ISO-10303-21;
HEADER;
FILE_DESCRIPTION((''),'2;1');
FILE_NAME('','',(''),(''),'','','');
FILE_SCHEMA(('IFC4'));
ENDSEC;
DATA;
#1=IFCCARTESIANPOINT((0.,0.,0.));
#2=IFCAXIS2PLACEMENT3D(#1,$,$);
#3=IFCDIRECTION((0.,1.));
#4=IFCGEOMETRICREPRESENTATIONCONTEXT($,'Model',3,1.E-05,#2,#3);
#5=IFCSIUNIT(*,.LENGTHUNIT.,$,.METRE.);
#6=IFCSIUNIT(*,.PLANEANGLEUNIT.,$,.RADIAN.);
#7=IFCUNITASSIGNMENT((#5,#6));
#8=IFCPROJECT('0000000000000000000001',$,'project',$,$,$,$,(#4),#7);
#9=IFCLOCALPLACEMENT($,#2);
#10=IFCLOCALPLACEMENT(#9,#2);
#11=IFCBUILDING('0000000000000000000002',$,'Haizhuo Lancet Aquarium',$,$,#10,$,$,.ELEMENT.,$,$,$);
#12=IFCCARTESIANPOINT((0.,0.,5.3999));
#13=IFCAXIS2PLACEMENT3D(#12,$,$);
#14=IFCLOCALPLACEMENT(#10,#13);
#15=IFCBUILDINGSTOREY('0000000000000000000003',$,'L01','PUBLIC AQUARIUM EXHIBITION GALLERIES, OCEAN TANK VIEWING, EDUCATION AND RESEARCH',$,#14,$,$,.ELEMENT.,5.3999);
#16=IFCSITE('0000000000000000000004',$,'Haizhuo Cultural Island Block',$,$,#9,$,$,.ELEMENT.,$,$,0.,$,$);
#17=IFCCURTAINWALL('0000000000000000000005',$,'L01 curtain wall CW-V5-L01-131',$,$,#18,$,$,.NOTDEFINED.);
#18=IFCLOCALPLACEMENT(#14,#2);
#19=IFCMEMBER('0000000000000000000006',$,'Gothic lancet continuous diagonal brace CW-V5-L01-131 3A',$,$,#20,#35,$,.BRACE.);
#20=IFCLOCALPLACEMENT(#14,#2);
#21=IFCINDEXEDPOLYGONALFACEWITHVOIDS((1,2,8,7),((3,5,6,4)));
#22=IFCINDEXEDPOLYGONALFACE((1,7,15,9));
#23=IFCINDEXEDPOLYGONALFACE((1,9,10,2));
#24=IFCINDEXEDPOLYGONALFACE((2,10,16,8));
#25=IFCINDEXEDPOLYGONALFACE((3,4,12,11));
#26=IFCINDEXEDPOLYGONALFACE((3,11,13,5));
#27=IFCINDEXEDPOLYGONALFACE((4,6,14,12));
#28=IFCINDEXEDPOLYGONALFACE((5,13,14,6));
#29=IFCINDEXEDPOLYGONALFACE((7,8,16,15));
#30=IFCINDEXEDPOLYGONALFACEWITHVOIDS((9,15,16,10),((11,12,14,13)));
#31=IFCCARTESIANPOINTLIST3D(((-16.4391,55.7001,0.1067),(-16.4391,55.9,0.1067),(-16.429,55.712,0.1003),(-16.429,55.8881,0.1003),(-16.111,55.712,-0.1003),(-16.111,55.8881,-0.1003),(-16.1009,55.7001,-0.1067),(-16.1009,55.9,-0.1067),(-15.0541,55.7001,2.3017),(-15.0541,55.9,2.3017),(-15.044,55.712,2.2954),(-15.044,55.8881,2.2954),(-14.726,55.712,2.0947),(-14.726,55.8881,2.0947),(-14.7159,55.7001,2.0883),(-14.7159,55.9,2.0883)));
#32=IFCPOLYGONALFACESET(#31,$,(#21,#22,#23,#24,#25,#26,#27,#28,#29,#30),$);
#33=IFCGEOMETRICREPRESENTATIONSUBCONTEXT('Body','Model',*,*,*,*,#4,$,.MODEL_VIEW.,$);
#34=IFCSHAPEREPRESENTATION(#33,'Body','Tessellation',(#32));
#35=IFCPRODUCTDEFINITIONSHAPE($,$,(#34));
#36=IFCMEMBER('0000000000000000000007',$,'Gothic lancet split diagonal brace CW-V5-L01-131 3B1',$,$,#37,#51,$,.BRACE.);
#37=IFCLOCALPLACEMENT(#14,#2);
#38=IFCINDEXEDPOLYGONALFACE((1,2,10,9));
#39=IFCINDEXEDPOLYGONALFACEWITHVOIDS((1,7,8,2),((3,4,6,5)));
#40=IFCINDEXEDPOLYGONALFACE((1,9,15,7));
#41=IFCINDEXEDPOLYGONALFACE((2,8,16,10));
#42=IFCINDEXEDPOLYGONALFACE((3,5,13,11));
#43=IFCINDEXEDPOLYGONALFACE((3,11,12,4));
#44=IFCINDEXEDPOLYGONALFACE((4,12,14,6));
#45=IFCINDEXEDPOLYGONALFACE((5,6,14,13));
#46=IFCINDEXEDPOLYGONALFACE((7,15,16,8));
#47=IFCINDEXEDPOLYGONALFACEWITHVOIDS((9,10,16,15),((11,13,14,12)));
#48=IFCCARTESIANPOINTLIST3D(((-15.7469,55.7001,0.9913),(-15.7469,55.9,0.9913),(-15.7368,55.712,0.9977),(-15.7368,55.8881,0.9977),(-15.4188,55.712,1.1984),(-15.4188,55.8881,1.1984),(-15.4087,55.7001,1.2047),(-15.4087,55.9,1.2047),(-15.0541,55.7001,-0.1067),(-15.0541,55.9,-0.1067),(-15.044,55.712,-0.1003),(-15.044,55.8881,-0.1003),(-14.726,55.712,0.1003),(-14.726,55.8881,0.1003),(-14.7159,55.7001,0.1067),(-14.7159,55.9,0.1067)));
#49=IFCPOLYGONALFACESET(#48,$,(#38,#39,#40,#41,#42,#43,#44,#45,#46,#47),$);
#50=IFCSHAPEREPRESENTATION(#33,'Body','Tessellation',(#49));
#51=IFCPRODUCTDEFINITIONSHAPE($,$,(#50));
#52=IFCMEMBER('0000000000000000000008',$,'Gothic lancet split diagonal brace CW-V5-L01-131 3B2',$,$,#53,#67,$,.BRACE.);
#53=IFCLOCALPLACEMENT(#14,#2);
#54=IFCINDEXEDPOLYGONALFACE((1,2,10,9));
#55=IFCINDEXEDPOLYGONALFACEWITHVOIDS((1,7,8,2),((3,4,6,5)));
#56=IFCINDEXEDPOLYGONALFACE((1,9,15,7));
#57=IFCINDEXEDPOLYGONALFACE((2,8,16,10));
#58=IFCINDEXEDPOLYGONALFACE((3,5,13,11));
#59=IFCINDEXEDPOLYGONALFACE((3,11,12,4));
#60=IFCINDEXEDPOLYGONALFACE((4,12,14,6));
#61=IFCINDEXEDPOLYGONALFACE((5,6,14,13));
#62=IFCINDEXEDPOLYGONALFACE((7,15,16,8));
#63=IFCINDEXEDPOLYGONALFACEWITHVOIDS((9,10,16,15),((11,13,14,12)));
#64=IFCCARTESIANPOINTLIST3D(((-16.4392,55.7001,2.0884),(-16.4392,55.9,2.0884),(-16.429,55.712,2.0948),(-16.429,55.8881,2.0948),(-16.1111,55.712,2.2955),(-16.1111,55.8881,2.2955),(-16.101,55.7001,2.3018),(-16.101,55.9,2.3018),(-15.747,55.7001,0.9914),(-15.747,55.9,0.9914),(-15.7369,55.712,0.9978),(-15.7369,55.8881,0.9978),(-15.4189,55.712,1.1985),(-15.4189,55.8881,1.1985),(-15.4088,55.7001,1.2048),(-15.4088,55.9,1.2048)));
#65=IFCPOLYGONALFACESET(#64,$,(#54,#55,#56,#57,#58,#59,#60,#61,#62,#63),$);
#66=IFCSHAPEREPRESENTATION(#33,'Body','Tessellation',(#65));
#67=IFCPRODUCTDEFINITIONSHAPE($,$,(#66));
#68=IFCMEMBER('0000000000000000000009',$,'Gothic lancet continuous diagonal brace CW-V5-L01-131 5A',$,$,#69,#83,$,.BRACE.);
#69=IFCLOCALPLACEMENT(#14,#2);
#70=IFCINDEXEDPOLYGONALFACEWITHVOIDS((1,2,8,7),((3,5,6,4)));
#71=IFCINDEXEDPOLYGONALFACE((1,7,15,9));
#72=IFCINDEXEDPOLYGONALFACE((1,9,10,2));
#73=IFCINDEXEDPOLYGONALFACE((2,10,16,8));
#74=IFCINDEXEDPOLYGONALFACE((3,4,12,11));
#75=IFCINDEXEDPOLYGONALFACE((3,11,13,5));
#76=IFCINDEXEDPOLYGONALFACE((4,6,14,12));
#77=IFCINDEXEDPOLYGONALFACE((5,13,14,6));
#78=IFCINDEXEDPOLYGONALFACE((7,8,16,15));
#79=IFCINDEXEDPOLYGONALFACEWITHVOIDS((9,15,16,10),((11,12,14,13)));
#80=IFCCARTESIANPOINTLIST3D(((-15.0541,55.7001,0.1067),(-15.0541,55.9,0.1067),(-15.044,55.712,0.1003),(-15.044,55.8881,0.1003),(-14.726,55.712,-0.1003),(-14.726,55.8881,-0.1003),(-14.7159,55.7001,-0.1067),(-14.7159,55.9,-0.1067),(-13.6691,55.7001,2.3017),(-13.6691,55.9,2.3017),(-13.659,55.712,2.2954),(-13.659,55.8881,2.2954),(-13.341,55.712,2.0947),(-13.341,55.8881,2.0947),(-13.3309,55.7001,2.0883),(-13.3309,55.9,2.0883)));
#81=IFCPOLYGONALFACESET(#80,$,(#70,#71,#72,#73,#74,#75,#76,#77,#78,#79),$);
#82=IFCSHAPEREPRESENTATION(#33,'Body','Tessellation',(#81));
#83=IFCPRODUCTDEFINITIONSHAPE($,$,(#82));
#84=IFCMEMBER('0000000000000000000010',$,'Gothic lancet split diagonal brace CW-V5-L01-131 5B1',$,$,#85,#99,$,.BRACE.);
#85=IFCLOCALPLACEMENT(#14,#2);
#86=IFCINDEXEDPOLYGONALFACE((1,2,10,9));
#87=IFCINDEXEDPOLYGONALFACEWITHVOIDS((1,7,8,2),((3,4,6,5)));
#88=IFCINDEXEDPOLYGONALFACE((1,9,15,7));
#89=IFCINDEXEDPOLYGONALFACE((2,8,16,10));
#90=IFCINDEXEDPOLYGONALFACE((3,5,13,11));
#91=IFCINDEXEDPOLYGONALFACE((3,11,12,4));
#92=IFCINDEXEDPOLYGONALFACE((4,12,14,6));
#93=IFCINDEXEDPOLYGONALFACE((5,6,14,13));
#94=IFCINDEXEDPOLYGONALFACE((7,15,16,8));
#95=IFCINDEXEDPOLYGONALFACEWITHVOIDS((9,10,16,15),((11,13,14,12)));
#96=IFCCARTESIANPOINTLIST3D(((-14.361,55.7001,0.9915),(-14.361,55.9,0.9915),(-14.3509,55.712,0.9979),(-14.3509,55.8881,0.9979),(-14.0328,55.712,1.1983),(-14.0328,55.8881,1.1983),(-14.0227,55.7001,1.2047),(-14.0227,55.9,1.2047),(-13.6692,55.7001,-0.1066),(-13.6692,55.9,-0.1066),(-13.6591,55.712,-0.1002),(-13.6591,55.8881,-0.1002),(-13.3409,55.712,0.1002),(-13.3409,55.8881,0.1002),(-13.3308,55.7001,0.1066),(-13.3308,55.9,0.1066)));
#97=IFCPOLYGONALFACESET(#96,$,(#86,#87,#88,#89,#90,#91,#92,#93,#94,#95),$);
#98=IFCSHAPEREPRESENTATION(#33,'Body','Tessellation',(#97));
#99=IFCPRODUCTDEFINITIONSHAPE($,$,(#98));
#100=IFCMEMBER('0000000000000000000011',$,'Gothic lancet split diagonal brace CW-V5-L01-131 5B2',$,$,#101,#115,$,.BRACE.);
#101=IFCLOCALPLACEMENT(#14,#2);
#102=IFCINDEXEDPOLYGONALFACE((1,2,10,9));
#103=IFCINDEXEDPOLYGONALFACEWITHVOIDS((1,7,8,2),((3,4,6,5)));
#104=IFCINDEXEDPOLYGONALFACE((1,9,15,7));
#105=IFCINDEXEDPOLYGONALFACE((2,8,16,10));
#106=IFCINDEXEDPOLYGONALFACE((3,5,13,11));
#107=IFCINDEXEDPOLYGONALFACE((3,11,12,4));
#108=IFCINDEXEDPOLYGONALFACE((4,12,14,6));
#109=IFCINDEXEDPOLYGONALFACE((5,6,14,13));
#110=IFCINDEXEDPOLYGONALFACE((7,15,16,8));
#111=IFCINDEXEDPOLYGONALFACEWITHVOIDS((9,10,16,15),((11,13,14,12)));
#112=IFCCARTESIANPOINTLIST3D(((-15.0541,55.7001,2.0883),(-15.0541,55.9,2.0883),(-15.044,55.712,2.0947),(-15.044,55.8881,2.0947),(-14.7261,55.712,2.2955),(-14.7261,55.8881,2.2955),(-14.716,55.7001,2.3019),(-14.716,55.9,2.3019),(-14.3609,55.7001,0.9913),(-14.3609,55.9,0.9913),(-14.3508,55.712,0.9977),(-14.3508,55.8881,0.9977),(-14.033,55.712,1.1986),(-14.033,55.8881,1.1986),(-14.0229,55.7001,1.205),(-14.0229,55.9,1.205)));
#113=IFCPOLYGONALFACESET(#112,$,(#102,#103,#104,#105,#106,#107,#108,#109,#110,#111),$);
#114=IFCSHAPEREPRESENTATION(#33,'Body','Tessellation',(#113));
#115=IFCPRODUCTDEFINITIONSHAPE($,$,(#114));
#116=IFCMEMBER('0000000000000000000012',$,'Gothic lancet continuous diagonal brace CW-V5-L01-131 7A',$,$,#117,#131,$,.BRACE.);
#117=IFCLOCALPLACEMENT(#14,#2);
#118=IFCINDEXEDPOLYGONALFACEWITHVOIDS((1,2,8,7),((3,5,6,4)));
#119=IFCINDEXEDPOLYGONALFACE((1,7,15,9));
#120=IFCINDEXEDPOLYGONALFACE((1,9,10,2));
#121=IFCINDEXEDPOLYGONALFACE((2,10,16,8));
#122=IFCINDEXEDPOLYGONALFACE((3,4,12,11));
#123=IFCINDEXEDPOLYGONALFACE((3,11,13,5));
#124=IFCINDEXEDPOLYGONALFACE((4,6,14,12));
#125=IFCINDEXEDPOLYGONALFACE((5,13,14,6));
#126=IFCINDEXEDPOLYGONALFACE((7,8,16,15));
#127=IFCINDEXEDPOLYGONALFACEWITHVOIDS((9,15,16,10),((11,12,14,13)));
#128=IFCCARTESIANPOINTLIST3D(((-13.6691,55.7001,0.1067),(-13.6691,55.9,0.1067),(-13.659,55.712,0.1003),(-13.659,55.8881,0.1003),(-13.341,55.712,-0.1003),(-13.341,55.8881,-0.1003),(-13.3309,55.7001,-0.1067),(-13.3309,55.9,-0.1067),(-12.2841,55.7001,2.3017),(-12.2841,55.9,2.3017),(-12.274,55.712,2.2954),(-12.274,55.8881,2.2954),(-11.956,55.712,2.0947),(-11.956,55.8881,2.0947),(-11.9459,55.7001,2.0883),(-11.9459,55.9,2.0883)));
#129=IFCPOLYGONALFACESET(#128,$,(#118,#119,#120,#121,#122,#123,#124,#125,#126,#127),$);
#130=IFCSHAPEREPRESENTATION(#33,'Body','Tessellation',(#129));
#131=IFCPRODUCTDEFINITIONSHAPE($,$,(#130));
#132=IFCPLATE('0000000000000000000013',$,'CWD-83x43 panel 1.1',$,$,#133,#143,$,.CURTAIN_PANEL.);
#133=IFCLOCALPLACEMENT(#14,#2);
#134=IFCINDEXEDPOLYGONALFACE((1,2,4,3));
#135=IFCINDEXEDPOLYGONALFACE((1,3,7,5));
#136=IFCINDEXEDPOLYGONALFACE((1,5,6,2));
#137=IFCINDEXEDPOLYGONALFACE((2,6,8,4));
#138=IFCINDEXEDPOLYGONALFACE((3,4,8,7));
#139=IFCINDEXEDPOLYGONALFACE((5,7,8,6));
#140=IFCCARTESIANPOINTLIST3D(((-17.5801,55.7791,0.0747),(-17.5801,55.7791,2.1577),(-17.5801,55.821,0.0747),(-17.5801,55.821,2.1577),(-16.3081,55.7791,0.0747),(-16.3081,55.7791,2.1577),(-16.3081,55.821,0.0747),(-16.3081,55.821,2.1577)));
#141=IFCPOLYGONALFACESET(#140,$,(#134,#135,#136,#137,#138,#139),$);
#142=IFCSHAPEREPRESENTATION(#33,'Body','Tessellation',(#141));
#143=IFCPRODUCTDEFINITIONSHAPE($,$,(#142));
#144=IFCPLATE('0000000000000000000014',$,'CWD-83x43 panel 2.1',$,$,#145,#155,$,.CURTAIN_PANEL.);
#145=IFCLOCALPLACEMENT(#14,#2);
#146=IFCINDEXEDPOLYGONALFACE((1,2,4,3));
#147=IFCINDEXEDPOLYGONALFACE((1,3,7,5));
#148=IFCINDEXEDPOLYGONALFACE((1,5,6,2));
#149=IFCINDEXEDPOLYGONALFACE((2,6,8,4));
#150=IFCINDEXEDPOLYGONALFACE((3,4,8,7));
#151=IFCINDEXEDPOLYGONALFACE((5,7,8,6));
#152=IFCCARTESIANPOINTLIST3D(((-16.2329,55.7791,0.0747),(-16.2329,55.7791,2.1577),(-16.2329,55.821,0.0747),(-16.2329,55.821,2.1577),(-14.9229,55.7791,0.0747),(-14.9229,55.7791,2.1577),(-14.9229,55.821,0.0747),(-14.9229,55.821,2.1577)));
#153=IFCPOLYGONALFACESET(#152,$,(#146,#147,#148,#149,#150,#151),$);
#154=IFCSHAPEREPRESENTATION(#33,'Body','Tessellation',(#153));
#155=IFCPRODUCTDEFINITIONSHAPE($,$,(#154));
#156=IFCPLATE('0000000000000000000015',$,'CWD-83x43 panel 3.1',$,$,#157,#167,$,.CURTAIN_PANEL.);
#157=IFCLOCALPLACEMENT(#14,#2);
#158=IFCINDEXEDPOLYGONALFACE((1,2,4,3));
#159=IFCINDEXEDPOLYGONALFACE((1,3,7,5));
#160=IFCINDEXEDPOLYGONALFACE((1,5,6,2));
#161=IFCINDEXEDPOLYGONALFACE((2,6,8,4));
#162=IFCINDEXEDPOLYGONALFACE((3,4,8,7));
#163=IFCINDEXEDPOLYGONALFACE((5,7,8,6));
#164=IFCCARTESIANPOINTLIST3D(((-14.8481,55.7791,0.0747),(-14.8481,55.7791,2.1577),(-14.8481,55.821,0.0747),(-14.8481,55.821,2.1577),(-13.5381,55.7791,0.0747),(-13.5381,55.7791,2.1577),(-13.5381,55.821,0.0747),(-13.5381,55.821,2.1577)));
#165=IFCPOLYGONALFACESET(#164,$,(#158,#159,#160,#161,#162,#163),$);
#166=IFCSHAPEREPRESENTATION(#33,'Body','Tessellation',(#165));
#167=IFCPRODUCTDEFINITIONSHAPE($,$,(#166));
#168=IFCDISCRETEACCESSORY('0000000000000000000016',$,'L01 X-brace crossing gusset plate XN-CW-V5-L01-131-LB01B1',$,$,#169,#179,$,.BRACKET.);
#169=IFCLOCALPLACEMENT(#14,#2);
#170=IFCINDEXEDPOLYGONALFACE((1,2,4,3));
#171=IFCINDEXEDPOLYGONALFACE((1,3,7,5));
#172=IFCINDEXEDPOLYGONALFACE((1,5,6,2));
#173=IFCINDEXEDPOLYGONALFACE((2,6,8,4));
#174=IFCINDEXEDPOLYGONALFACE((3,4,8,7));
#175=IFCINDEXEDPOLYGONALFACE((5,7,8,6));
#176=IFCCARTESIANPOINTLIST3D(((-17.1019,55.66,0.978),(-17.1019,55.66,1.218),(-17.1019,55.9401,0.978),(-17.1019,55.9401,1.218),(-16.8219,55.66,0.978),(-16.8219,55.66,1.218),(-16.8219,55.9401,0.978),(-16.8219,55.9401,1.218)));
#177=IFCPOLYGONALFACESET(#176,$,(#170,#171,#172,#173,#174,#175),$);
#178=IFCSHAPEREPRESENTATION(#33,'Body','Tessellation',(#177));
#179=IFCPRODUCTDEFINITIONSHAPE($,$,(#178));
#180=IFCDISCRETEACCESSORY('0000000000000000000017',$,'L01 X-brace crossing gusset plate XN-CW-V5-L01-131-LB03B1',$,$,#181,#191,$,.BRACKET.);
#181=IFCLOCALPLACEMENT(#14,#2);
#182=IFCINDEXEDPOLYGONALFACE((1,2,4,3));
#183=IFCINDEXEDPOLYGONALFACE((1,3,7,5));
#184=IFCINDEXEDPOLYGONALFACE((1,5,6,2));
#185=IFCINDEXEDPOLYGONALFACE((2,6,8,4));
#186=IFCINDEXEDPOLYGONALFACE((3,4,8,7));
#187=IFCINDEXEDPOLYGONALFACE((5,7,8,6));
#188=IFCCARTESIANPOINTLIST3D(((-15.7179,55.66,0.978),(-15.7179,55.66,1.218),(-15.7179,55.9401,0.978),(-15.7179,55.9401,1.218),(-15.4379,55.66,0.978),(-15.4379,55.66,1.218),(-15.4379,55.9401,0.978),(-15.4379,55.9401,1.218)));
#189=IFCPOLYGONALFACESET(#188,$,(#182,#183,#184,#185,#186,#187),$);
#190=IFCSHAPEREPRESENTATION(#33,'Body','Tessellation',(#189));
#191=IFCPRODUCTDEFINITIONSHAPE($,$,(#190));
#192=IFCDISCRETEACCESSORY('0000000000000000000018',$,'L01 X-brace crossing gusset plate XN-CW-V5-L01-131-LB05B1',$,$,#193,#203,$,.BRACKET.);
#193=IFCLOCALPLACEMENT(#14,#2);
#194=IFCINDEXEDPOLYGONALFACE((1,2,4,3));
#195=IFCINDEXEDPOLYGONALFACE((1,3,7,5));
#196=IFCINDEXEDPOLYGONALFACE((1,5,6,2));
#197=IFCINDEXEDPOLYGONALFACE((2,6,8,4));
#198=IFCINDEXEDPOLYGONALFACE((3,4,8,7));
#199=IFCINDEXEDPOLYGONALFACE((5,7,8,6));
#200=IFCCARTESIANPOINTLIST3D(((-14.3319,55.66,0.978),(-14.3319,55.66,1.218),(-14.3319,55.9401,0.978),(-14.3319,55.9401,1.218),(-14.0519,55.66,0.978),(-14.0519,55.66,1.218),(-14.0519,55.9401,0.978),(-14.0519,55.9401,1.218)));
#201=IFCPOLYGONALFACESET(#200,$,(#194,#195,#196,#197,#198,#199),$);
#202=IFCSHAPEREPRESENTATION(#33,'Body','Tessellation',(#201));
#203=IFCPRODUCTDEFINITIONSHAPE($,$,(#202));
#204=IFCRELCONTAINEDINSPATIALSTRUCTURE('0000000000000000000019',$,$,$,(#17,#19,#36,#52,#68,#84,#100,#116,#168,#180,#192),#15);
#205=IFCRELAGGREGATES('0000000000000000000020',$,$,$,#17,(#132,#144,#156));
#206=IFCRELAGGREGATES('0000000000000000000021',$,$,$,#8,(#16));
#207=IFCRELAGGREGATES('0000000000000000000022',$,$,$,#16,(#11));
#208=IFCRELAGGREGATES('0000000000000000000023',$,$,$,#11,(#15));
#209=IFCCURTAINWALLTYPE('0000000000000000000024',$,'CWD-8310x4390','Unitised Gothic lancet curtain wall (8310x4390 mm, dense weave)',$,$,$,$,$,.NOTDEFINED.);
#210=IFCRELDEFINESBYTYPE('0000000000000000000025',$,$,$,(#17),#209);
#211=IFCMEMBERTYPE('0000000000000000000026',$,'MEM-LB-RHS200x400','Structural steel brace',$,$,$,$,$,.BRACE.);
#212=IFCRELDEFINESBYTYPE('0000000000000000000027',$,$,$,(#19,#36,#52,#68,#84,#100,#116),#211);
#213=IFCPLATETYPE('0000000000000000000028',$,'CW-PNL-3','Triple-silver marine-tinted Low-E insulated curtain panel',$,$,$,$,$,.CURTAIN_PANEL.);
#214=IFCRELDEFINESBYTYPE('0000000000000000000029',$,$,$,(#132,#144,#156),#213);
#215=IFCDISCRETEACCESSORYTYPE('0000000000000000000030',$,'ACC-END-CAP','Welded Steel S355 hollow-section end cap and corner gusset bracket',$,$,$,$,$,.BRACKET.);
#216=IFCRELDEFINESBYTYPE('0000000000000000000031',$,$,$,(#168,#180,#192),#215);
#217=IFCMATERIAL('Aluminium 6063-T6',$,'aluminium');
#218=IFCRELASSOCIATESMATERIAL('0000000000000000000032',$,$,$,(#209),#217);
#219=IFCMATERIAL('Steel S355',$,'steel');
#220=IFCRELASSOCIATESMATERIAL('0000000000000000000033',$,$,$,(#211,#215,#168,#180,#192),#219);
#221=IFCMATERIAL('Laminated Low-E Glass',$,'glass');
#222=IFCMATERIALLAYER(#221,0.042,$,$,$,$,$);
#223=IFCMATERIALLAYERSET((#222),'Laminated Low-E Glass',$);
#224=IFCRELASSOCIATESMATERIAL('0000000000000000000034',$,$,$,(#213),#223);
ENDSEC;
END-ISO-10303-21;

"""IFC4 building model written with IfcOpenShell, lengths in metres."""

from ifc_helpers import new_model, si_unit, direction, frame, origin, origin_2d, place, context, subcontext, project, spatial, rectangle, hollow_rectangle, extrude, material, layer, layer_set, material_profile, profile_set, type_object, element, aggregate, save


model = new_model("IFC4")

# Units and contexts
model_context = context("Model", 3, precision=1e-05, world=origin(), true_north=direction((0.0, 1.0)))
body_context = subcontext(model_context, "Body", "Model", "MODEL_VIEW")
ifc_project = project(units=[si_unit("LENGTHUNIT", "METRE"), si_unit("PLANEANGLEUNIT", "RADIAN")], contexts=[model_context])

# Site, building, storey
site_placement = place(None, origin())
site = spatial("IfcSite", under=ifc_project, at=site_placement, Name="Haizhuo Cultural Island Block", CompositionType="ELEMENT", RefElevation=0.0)
building_placement = place(site_placement, origin())
building = spatial("IfcBuilding", under=site, at=building_placement, Name="Haizhuo Lancet Aquarium", CompositionType="ELEMENT")
storey_placement = place(building_placement, frame((0.0, 0.0, 5.3999)))
storey = spatial("IfcBuildingStorey", under=building, at=storey_placement, Name="L01", Description="PUBLIC AQUARIUM EXHIBITION GALLERIES, OCEAN TANK VIEWING, EDUCATION AND RESEARCH", CompositionType="ELEMENT", Elevation=5.3999)

# Curtain wall
ifc_material_1 = material(Name="Aluminium 6063-T6", Category="aluminium")
curtain_wall_type = type_object("IfcCurtainWallType", Name="CWD-8310x4390", Description="Unitised Gothic lancet curtain wall (8310x4390 mm, dense weave)", PredefinedType="NOTDEFINED", material=ifc_material_1)
curtain_wall_placement = place(storey_placement, origin())
curtain_wall = element("IfcCurtainWall", 1, at=curtain_wall_placement, inside=storey, type_object=curtain_wall_type, Name="L01 curtain wall CW-V5-L01-131", PredefinedType="NOTDEFINED")

# Members
ifc_material_2 = material(Name="Steel S355", Category="steel")
ifc_material_profile_1 = material_profile(ifc_material_2, hollow_rectangle(XDim=0.2, YDim=0.3999, WallThickness=0.012, at=origin_2d()), Name="RHS 200x400x12")
ifc_profile_set_1 = profile_set([ifc_material_profile_1], Name="Steel S355")
member_type_1 = type_object("IfcMemberType", Name="MEM-LB-RHS200x400", Description="Structural steel brace", PredefinedType="BRACE", material=ifc_profile_set_1)
member_1_placement = place(storey_placement, frame((-16.27, 55.8, 0.0), z_axis=(0.533621, 0.0, 0.845724), x_axis=(0.0, 1.0, 0.0)))
element("IfcMember", 2, at=member_1_placement, inside=storey, type_object=member_type_1, Name="Gothic lancet continuous diagonal brace CW-V5-L01-131 3A", PredefinedType="BRACE", context=body_context, shape_type="SweptSolid", body=[
    extrude(hollow_rectangle(XDim=0.2, YDim=0.3999, WallThickness=0.012, at=origin_2d()), origin(), (0.0, 0.0, 1.0), 2.5955),
])
member_2_placement = place(storey_placement, frame((-14.885, 55.8, 0.0), z_axis=(-0.533611, 0.0, 0.84573), x_axis=(0.0, -1.0, 0.0)))
element("IfcMember", 3, at=member_2_placement, inside=storey, type_object=member_type_1, Name="Gothic lancet split diagonal brace CW-V5-L01-131 3B1", PredefinedType="BRACE", context=body_context, shape_type="SweptSolid", body=[
    extrude(hollow_rectangle(XDim=0.2, YDim=0.3999, WallThickness=0.012, at=origin_2d()), origin(), (0.0, 0.0, 1.0), 1.2983),
])
member_3_placement = place(storey_placement, frame((-15.5779, 55.8, 1.0981), z_axis=(-0.533632, 0.0, 0.845717), x_axis=(0.0, -1.0, 0.0)))
element("IfcMember", 4, at=member_3_placement, inside=storey, type_object=member_type_1, Name="Gothic lancet split diagonal brace CW-V5-L01-131 3B2", PredefinedType="BRACE", context=body_context, shape_type="SweptSolid", body=[
    extrude(hollow_rectangle(XDim=0.2, YDim=0.3999, WallThickness=0.012, at=origin_2d()), origin(), (0.0, 0.0, 1.0), 1.2971),
])
member_4_placement = place(storey_placement, frame((-14.885, 55.8, 0.0), z_axis=(0.533621, 0.0, 0.845724), x_axis=(0.0, 1.0, 0.0)))
element("IfcMember", 5, at=member_4_placement, inside=storey, type_object=member_type_1, Name="Gothic lancet continuous diagonal brace CW-V5-L01-131 5A", PredefinedType="BRACE", context=body_context, shape_type="SweptSolid", body=[
    extrude(hollow_rectangle(XDim=0.2, YDim=0.3999, WallThickness=0.012, at=origin_2d()), origin(), (0.0, 0.0, 1.0), 2.5955),
])
member_5_placement = place(storey_placement, frame((-13.5, 55.8, 0.0), z_axis=(-0.533073, 0.0, 0.846069), x_axis=(0.0, -1.0, 0.0)))
element("IfcMember", 6, at=member_5_placement, inside=storey, type_object=member_type_1, Name="Gothic lancet split diagonal brace CW-V5-L01-131 5B1", PredefinedType="BRACE", context=body_context, shape_type="SweptSolid", body=[
    extrude(hollow_rectangle(XDim=0.2, YDim=0.3999, WallThickness=0.012, at=origin_2d()), origin(), (0.0, 0.0, 1.0), 1.2979),
])
member_6_placement = place(storey_placement, frame((-14.1919, 55.8, 1.0981), z_axis=(-0.53417, 0.0, 0.845377), x_axis=(0.0, -1.0, 0.0)))
element("IfcMember", 7, at=member_6_placement, inside=storey, type_object=member_type_1, Name="Gothic lancet split diagonal brace CW-V5-L01-131 5B2", PredefinedType="BRACE", context=body_context, shape_type="SweptSolid", body=[
    extrude(hollow_rectangle(XDim=0.2, YDim=0.3999, WallThickness=0.012, at=origin_2d()), origin(), (0.0, 0.0, 1.0), 1.2976),
])
member_7_placement = place(storey_placement, frame((-13.5, 55.8, 0.0), z_axis=(0.533621, 0.0, 0.845724), x_axis=(0.0, 1.0, 0.0)))
element("IfcMember", 8, at=member_7_placement, inside=storey, type_object=member_type_1, Name="Gothic lancet continuous diagonal brace CW-V5-L01-131 7A", PredefinedType="BRACE", context=body_context, shape_type="SweptSolid", body=[
    extrude(hollow_rectangle(XDim=0.2, YDim=0.3999, WallThickness=0.012, at=origin_2d()), origin(), (0.0, 0.0, 1.0), 2.5955),
])

# Plates
ifc_material_3 = material(Name="Laminated Low-E Glass", Category="glass")
ifc_layer = layer(ifc_material_3, 0.042)
ifc_layer_set = layer_set([ifc_layer], Name="Laminated Low-E Glass")
plate_type = type_object("IfcPlateType", Name="CW-PNL-3", Description="Triple-silver marine-tinted Low-E insulated curtain panel", PredefinedType="CURTAIN_PANEL", material=ifc_layer_set)
plate_1_placement = place(storey_placement, frame((-16.9441, 55.8, 0.0747), z_axis=(0.0, 0.0, 1.0), x_axis=(1.0, 0.0, 0.0)))
plate_1 = element("IfcPlate", 9, at=plate_1_placement, type_object=plate_type, Name="CWD-83x43 panel 1.1", PredefinedType="CURTAIN_PANEL", context=body_context, shape_type="SweptSolid", body=[
    extrude(rectangle(XDim=1.272, YDim=0.042, at=origin_2d()), origin(), (0.0, 0.0, 1.0), 2.083),
])
plate_2_placement = place(storey_placement, frame((-15.5779, 55.8, 0.0747), z_axis=(0.0, 0.0, 1.0), x_axis=(1.0, 0.0, 0.0)))
plate_2 = element("IfcPlate", 10, at=plate_2_placement, type_object=plate_type, Name="CWD-83x43 panel 2.1", PredefinedType="CURTAIN_PANEL", context=body_context, shape_type="SweptSolid", body=[
    extrude(rectangle(XDim=1.3101, YDim=0.042, at=origin_2d()), origin(), (0.0, 0.0, 1.0), 2.083),
])
plate_3_placement = place(storey_placement, frame((-14.1931, 55.8, 0.0747), z_axis=(0.0, 0.0, 1.0), x_axis=(1.0, 0.0, 0.0)))
plate_3 = element("IfcPlate", 11, at=plate_3_placement, type_object=plate_type, Name="CWD-83x43 panel 3.1", PredefinedType="CURTAIN_PANEL", context=body_context, shape_type="SweptSolid", body=[
    extrude(rectangle(XDim=1.3101, YDim=0.042, at=origin_2d()), origin(), (0.0, 0.0, 1.0), 2.083),
])
aggregate(curtain_wall, [plate_1, plate_2, plate_3])

# Discrete accessories
discrete_accessory_type = type_object("IfcDiscreteAccessoryType", Name="ACC-END-CAP", Description="Welded Steel S355 hollow-section end cap and corner gusset bracket", PredefinedType="BRACKET", material=ifc_material_2)
for number, where, z_axis, x_axis, name in (
    (12, (-16.9619, 55.8, 0.978), (0.0, 0.0, 1.0), (1.0, 0.0, 0.0), "L01 X-brace crossing gusset plate XN-CW-V5-L01-131-LB01B1"),
    (13, (-15.5779, 55.8, 0.978), (0.0, 0.0, 1.0), (1.0, 0.0, 0.0), "L01 X-brace crossing gusset plate XN-CW-V5-L01-131-LB03B1"),
    (14, (-14.1919, 55.8, 0.978), (0.0, 0.0, 1.0), (1.0, 0.0, 0.0), "L01 X-brace crossing gusset plate XN-CW-V5-L01-131-LB05B1"),
):
    element("IfcDiscreteAccessory", number, at=place(storey_placement, frame(where, z_axis=z_axis, x_axis=x_axis)), inside=storey, type_object=discrete_accessory_type, material=ifc_material_2, Name=name, PredefinedType="BRACKET", context=body_context, shape_type="SweptSolid", body=[
        extrude(rectangle(XDim=0.28, YDim=0.28, at=origin_2d()), origin(), (0.0, 0.0, 1.0), 0.24),
    ])

save(model, "model.ifc")
